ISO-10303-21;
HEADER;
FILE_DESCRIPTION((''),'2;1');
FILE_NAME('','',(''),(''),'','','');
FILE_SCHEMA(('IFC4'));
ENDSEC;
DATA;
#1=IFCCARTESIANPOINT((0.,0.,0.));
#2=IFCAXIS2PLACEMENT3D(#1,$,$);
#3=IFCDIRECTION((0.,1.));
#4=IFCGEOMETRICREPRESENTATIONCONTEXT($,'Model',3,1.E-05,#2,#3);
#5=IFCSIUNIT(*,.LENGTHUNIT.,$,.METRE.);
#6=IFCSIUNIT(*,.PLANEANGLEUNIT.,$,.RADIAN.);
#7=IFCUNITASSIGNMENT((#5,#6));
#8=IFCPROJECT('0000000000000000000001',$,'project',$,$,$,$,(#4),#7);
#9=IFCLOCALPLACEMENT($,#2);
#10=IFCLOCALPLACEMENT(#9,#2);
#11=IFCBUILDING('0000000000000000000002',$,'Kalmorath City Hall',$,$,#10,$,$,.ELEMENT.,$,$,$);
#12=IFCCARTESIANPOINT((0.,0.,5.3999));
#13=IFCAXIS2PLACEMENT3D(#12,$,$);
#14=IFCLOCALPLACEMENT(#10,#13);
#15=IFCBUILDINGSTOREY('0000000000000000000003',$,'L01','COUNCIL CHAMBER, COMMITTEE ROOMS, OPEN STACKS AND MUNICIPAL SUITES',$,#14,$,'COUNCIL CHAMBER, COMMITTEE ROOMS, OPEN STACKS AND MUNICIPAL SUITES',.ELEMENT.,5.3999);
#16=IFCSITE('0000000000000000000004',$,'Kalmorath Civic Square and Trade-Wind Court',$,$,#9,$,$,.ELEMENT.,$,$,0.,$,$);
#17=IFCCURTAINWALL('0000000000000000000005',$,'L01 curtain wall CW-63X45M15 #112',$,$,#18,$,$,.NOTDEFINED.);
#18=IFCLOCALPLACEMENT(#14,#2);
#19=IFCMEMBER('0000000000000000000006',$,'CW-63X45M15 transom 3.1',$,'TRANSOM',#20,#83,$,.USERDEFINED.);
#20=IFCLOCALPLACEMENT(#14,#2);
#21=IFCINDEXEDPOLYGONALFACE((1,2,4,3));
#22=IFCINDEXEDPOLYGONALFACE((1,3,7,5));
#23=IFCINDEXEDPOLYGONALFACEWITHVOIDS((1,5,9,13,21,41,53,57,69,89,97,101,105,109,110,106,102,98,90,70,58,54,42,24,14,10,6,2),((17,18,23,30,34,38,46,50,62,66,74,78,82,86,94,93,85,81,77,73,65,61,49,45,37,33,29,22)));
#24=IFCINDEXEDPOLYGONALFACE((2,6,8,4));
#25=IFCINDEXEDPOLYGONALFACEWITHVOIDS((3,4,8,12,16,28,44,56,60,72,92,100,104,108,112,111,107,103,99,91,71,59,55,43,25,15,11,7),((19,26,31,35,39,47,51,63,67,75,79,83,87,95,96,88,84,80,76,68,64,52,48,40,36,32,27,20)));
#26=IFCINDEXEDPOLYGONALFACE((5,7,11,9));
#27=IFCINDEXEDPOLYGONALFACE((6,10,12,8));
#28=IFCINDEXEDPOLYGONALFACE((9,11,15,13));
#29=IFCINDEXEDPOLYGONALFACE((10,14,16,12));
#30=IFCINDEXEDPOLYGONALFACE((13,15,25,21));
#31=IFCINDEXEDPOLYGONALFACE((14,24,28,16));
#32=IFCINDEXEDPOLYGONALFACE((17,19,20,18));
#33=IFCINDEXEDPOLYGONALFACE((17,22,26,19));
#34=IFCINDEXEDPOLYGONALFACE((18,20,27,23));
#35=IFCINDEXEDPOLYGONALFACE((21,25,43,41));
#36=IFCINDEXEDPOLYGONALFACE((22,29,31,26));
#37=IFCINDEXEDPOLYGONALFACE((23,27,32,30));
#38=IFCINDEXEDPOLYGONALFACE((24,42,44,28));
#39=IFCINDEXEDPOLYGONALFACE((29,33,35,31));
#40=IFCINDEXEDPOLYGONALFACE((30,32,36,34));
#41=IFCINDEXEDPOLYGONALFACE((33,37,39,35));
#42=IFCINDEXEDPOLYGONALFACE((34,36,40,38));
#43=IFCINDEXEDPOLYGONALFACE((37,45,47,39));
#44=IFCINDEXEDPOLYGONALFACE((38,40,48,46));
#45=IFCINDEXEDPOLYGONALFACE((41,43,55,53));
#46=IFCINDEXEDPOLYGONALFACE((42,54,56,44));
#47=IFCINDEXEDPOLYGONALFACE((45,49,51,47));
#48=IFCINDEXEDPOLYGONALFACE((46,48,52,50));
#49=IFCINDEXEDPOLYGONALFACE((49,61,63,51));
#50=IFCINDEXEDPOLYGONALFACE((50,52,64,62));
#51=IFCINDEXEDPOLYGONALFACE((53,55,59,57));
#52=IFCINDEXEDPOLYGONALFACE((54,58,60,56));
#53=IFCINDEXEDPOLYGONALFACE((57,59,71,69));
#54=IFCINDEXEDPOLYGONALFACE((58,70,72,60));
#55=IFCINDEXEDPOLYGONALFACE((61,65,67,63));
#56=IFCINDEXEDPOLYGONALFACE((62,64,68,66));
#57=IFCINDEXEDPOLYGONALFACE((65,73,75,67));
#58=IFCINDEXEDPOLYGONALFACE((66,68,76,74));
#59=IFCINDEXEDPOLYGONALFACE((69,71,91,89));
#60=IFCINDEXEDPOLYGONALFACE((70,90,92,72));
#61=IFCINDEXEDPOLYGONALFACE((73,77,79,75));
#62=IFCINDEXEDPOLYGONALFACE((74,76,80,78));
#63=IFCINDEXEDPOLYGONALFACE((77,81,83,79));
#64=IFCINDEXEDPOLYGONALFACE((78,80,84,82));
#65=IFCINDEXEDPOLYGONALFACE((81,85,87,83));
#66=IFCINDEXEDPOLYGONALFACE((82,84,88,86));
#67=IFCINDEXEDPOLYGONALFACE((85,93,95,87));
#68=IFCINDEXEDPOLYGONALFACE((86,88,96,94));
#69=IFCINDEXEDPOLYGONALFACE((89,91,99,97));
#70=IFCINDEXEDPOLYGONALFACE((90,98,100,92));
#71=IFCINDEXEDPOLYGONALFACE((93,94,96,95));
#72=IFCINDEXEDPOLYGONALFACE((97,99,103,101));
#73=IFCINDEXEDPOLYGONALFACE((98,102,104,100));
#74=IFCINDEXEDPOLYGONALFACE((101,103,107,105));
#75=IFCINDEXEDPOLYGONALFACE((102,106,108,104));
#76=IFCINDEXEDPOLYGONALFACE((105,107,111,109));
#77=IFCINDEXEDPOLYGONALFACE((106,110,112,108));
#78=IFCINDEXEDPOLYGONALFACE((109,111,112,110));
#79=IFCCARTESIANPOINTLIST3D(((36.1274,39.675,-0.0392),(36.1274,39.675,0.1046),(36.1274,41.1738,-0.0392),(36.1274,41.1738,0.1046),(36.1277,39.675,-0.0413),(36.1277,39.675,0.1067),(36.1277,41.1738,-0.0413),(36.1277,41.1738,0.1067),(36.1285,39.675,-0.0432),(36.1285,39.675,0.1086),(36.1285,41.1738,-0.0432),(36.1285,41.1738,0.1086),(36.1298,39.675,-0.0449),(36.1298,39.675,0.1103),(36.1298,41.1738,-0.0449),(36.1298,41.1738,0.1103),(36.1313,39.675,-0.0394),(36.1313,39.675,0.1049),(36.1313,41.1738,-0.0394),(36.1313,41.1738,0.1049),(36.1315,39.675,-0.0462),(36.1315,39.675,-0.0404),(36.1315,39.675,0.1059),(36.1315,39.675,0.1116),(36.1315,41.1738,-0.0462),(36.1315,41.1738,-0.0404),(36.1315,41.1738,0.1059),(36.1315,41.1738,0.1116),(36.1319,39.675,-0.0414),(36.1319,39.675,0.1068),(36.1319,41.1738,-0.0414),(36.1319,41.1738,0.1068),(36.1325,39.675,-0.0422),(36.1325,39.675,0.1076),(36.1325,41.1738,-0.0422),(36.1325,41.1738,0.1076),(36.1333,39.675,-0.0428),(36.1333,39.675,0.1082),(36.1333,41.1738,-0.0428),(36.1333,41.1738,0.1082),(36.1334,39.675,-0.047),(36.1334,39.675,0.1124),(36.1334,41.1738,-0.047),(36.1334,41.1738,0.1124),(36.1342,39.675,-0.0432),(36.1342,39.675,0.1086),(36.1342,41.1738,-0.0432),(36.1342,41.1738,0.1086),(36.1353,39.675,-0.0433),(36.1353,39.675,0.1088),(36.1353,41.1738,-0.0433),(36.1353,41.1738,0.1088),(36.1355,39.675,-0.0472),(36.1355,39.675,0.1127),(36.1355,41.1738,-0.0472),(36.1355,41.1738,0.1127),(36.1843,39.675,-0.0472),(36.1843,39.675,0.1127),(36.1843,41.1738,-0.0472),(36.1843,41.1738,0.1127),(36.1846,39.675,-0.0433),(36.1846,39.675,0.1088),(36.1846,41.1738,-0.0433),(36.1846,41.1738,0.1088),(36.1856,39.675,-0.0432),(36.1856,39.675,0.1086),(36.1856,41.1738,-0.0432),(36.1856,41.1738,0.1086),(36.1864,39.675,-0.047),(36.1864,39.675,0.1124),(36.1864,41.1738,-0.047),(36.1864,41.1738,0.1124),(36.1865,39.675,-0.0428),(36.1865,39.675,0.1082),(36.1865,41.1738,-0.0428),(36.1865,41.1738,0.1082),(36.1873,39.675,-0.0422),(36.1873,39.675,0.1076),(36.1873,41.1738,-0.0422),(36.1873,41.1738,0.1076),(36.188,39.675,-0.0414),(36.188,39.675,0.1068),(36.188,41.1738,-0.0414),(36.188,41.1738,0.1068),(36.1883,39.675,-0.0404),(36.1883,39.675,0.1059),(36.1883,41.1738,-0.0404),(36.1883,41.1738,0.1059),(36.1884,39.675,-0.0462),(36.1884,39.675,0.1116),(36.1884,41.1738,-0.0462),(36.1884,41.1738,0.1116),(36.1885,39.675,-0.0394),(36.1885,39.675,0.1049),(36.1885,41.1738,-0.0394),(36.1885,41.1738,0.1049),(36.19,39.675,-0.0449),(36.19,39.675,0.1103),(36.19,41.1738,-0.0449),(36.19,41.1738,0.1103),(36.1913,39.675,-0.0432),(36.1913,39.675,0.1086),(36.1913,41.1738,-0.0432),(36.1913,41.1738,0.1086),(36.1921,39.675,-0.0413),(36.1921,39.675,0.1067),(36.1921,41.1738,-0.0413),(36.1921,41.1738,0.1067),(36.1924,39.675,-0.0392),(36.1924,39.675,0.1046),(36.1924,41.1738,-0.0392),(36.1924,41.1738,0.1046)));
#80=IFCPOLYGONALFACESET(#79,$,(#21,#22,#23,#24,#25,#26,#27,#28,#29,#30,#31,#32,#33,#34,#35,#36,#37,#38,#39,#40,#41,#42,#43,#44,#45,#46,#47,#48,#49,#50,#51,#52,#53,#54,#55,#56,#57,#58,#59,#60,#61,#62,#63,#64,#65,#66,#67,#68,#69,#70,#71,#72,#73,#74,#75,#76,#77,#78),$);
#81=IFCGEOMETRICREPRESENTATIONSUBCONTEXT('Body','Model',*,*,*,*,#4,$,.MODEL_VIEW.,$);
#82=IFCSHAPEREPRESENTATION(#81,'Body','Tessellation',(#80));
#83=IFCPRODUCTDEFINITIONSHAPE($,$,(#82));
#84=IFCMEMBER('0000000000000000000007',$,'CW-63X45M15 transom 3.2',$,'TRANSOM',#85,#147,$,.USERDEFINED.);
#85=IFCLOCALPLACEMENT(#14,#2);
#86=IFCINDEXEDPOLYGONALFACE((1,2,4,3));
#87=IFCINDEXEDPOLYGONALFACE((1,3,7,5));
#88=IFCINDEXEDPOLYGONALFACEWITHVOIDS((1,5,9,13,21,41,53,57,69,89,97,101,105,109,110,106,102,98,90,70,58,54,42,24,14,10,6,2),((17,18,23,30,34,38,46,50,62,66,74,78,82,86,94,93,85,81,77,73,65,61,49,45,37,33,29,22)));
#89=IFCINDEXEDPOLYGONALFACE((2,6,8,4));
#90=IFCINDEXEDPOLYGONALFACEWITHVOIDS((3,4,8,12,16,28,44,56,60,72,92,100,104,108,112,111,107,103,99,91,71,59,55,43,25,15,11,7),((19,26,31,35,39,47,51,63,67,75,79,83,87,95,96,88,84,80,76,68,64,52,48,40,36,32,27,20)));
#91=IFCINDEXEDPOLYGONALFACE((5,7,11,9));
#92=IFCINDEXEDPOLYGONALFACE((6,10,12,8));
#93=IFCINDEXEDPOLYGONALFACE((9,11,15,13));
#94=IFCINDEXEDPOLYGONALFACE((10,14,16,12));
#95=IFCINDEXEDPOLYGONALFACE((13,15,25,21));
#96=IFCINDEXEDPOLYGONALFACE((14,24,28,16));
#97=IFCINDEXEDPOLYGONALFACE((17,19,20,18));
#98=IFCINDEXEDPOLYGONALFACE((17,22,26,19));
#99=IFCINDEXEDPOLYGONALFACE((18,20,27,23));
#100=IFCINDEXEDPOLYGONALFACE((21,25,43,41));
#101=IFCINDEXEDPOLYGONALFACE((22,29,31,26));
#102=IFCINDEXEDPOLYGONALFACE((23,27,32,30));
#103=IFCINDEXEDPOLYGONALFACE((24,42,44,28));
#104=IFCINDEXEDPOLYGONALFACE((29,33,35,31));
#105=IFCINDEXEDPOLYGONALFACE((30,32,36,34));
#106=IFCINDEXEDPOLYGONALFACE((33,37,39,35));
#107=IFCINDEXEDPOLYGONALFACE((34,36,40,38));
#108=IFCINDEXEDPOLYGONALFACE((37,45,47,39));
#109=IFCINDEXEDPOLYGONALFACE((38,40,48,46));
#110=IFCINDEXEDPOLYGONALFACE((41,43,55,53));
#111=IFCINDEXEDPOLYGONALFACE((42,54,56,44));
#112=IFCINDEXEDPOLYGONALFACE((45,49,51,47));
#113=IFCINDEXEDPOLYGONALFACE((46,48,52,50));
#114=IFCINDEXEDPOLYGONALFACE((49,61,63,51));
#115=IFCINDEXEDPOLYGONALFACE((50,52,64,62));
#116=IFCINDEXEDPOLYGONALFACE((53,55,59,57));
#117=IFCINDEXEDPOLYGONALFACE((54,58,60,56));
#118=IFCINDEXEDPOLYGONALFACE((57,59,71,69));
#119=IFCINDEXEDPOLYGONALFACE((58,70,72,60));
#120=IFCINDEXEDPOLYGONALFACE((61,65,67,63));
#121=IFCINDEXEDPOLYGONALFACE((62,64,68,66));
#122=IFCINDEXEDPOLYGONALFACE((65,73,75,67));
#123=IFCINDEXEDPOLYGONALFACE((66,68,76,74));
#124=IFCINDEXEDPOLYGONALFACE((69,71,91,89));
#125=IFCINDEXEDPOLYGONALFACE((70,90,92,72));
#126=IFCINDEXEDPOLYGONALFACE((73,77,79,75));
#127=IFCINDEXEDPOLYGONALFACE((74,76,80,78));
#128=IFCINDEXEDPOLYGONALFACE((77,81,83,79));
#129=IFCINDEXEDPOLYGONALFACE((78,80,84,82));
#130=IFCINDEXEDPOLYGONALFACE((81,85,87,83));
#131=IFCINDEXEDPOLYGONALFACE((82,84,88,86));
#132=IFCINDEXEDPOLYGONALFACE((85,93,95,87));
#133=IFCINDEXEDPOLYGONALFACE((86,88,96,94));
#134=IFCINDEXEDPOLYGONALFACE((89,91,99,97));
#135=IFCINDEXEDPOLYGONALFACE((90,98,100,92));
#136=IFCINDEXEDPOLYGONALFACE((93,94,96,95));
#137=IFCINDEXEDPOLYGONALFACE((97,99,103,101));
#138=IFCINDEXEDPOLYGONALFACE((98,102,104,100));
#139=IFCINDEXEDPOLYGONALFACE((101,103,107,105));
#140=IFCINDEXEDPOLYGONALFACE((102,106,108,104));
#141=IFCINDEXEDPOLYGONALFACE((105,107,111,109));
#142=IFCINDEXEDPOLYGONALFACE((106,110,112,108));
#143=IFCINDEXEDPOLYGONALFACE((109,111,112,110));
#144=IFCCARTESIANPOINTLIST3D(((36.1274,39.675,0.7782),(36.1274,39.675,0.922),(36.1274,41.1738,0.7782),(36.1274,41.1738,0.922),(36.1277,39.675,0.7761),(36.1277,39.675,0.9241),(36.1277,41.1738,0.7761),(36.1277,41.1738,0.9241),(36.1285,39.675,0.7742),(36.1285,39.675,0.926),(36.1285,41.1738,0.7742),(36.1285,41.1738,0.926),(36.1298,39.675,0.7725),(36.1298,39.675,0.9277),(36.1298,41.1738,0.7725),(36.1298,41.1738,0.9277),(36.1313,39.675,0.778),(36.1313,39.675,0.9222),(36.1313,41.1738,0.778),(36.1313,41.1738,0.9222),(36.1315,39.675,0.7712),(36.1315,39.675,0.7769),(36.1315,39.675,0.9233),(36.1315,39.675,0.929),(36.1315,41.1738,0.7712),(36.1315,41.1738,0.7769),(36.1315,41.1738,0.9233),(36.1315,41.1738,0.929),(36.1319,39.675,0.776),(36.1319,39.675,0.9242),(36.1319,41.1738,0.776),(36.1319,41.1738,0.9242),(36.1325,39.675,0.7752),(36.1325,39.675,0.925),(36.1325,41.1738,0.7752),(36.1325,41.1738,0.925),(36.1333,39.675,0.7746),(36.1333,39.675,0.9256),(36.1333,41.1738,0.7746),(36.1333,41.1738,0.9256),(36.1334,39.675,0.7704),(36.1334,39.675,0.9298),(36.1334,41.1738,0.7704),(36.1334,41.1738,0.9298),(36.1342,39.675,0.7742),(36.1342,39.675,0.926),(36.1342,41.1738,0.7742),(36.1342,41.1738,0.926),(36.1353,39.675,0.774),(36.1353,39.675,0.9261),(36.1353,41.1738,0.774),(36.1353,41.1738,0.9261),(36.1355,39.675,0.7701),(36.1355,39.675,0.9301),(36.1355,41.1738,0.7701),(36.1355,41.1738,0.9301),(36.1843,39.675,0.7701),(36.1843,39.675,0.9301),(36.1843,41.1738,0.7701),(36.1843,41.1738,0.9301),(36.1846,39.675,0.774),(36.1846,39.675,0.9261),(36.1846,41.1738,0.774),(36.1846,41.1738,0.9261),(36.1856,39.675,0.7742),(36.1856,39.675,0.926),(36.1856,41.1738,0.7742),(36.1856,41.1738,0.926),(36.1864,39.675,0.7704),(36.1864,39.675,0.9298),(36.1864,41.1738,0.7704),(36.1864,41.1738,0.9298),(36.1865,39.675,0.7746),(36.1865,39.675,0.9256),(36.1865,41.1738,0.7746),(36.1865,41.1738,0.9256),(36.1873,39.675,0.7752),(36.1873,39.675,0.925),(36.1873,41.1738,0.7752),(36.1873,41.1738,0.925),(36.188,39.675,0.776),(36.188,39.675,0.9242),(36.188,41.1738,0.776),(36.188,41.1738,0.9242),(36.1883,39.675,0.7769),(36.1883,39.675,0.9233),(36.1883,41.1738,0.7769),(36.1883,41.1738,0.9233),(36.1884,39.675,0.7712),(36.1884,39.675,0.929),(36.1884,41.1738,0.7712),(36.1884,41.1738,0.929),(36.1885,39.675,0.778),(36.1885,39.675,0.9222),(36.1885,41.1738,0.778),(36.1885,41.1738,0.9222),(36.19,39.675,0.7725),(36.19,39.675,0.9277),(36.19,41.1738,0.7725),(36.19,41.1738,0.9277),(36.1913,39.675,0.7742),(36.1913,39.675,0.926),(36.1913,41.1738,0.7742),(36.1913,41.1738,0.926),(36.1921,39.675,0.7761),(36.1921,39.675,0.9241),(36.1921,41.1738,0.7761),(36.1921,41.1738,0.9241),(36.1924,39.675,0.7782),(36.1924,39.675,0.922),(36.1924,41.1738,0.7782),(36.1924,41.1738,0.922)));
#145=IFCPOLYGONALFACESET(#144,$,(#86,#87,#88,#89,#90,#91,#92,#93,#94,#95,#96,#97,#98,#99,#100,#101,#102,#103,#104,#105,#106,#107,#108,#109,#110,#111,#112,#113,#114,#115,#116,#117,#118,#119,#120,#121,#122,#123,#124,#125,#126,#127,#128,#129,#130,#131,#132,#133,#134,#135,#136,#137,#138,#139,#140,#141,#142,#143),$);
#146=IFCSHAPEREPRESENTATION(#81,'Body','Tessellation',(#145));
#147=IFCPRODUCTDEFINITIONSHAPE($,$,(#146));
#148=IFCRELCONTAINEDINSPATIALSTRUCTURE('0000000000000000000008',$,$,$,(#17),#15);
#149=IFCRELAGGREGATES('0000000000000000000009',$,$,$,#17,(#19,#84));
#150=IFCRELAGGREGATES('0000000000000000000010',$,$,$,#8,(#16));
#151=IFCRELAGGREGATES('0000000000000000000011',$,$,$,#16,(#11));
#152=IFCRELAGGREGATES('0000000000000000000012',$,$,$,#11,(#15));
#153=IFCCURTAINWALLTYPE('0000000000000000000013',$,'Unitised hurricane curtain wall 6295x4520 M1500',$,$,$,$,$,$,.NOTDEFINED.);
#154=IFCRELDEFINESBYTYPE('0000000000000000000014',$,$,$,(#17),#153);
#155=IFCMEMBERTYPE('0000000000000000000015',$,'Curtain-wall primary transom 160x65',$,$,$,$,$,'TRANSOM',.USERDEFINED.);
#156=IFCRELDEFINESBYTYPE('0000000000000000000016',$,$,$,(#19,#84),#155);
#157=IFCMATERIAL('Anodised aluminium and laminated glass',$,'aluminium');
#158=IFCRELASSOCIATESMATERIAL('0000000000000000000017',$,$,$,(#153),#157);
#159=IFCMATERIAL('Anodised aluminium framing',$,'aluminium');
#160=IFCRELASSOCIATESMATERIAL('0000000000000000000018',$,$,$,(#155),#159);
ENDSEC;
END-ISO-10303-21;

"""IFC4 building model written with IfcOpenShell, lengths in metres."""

from ifc_helpers import new_model, si_unit, direction, frame, origin, origin_2d, place, context, subcontext, project, spatial, hollow_rectangle, extrude, material, material_profile, profile_set, type_object, element, aggregate, save


model = new_model("IFC4")

# Units and contexts
model_context = context("Model", 3, precision=1e-05, world=origin(), true_north=direction((0.0, 1.0)))
body_context = subcontext(model_context, "Body", "Model", "MODEL_VIEW")
ifc_project = project(units=[si_unit("LENGTHUNIT", "METRE"), si_unit("PLANEANGLEUNIT", "RADIAN")], contexts=[model_context])

# Site, building, storey
site_placement = place(None, origin())
site = spatial("IfcSite", under=ifc_project, at=site_placement, Name="Kalmorath Civic Square and Trade-Wind Court", CompositionType="ELEMENT", RefElevation=0.0)
building_placement = place(site_placement, origin())
building = spatial("IfcBuilding", under=site, at=building_placement, Name="Kalmorath City Hall", CompositionType="ELEMENT")
storey_placement = place(building_placement, frame((0.0, 0.0, 5.3999)))
storey = spatial("IfcBuildingStorey", under=building, at=storey_placement, Name="L01", Description="COUNCIL CHAMBER, COMMITTEE ROOMS, OPEN STACKS AND MUNICIPAL SUITES", LongName="COUNCIL CHAMBER, COMMITTEE ROOMS, OPEN STACKS AND MUNICIPAL SUITES", CompositionType="ELEMENT", Elevation=5.3999)

# Curtain wall
ifc_material_1 = material(Name="Anodised aluminium and laminated glass", Category="aluminium")
curtain_wall_type_1 = type_object("IfcCurtainWallType", Name="Unitised hurricane curtain wall 6295x4520 M1500", PredefinedType="NOTDEFINED", material=ifc_material_1)
curtain_wall_1_placement = place(storey_placement, origin())
curtain_wall_1 = element("IfcCurtainWall", 1, at=curtain_wall_1_placement, inside=storey, type_object=curtain_wall_type_1, Name="L01 curtain wall CW-63X45M15 #112", PredefinedType="NOTDEFINED")

# Members
ifc_material_2 = material(Name="Anodised aluminium framing", Category="aluminium")
ifc_material_profile_1 = material_profile(ifc_material_2, hollow_rectangle(XDim=0.0649, YDim=0.1599, WallThickness=0.0039, InnerFilletRadius=0.0039, OuterFilletRadius=0.0081, at=origin_2d()), Name="ALU-TRN-160X65X4")
ifc_profile_set_1 = profile_set([ifc_material_profile_1], Name="Anodised aluminium framing")
member_type_1 = type_object("IfcMemberType", Name="Curtain-wall primary transom 160x65", ElementType="TRANSOM", PredefinedType="USERDEFINED", material=ifc_profile_set_1)
member_1_placement = place(storey_placement, frame((36.1599, 39.675, 0.0327), z_axis=(0.0, 1.0, 0.0), x_axis=(-1.0, 0.0, 0.0)))
member_1 = element("IfcMember", 2, at=member_1_placement, type_object=member_type_1, Name="CW-63X45M15 transom 3.1", ObjectType="TRANSOM", PredefinedType="USERDEFINED", context=body_context, shape_type="SweptSolid", body=[
    extrude(hollow_rectangle(XDim=0.0649, YDim=0.1599, WallThickness=0.0039, InnerFilletRadius=0.0039, OuterFilletRadius=0.0081, at=origin_2d()), origin(), (0.0, 0.0, 1.0), 1.4988),
])
member_2_placement = place(storey_placement, frame((36.1599, 39.675, 0.8501), z_axis=(0.0, 1.0, 0.0), x_axis=(-1.0, 0.0, 0.0)))
member_2 = element("IfcMember", 3, at=member_2_placement, type_object=member_type_1, Name="CW-63X45M15 transom 3.2", ObjectType="TRANSOM", PredefinedType="USERDEFINED", context=body_context, shape_type="SweptSolid", body=[
    extrude(hollow_rectangle(XDim=0.0649, YDim=0.1599, WallThickness=0.0039, InnerFilletRadius=0.0039, OuterFilletRadius=0.0081, at=origin_2d()), origin(), (0.0, 0.0, 1.0), 1.4988),
])

aggregate(curtain_wall_1, [member_1, member_2])

save(model, "model.ifc")
